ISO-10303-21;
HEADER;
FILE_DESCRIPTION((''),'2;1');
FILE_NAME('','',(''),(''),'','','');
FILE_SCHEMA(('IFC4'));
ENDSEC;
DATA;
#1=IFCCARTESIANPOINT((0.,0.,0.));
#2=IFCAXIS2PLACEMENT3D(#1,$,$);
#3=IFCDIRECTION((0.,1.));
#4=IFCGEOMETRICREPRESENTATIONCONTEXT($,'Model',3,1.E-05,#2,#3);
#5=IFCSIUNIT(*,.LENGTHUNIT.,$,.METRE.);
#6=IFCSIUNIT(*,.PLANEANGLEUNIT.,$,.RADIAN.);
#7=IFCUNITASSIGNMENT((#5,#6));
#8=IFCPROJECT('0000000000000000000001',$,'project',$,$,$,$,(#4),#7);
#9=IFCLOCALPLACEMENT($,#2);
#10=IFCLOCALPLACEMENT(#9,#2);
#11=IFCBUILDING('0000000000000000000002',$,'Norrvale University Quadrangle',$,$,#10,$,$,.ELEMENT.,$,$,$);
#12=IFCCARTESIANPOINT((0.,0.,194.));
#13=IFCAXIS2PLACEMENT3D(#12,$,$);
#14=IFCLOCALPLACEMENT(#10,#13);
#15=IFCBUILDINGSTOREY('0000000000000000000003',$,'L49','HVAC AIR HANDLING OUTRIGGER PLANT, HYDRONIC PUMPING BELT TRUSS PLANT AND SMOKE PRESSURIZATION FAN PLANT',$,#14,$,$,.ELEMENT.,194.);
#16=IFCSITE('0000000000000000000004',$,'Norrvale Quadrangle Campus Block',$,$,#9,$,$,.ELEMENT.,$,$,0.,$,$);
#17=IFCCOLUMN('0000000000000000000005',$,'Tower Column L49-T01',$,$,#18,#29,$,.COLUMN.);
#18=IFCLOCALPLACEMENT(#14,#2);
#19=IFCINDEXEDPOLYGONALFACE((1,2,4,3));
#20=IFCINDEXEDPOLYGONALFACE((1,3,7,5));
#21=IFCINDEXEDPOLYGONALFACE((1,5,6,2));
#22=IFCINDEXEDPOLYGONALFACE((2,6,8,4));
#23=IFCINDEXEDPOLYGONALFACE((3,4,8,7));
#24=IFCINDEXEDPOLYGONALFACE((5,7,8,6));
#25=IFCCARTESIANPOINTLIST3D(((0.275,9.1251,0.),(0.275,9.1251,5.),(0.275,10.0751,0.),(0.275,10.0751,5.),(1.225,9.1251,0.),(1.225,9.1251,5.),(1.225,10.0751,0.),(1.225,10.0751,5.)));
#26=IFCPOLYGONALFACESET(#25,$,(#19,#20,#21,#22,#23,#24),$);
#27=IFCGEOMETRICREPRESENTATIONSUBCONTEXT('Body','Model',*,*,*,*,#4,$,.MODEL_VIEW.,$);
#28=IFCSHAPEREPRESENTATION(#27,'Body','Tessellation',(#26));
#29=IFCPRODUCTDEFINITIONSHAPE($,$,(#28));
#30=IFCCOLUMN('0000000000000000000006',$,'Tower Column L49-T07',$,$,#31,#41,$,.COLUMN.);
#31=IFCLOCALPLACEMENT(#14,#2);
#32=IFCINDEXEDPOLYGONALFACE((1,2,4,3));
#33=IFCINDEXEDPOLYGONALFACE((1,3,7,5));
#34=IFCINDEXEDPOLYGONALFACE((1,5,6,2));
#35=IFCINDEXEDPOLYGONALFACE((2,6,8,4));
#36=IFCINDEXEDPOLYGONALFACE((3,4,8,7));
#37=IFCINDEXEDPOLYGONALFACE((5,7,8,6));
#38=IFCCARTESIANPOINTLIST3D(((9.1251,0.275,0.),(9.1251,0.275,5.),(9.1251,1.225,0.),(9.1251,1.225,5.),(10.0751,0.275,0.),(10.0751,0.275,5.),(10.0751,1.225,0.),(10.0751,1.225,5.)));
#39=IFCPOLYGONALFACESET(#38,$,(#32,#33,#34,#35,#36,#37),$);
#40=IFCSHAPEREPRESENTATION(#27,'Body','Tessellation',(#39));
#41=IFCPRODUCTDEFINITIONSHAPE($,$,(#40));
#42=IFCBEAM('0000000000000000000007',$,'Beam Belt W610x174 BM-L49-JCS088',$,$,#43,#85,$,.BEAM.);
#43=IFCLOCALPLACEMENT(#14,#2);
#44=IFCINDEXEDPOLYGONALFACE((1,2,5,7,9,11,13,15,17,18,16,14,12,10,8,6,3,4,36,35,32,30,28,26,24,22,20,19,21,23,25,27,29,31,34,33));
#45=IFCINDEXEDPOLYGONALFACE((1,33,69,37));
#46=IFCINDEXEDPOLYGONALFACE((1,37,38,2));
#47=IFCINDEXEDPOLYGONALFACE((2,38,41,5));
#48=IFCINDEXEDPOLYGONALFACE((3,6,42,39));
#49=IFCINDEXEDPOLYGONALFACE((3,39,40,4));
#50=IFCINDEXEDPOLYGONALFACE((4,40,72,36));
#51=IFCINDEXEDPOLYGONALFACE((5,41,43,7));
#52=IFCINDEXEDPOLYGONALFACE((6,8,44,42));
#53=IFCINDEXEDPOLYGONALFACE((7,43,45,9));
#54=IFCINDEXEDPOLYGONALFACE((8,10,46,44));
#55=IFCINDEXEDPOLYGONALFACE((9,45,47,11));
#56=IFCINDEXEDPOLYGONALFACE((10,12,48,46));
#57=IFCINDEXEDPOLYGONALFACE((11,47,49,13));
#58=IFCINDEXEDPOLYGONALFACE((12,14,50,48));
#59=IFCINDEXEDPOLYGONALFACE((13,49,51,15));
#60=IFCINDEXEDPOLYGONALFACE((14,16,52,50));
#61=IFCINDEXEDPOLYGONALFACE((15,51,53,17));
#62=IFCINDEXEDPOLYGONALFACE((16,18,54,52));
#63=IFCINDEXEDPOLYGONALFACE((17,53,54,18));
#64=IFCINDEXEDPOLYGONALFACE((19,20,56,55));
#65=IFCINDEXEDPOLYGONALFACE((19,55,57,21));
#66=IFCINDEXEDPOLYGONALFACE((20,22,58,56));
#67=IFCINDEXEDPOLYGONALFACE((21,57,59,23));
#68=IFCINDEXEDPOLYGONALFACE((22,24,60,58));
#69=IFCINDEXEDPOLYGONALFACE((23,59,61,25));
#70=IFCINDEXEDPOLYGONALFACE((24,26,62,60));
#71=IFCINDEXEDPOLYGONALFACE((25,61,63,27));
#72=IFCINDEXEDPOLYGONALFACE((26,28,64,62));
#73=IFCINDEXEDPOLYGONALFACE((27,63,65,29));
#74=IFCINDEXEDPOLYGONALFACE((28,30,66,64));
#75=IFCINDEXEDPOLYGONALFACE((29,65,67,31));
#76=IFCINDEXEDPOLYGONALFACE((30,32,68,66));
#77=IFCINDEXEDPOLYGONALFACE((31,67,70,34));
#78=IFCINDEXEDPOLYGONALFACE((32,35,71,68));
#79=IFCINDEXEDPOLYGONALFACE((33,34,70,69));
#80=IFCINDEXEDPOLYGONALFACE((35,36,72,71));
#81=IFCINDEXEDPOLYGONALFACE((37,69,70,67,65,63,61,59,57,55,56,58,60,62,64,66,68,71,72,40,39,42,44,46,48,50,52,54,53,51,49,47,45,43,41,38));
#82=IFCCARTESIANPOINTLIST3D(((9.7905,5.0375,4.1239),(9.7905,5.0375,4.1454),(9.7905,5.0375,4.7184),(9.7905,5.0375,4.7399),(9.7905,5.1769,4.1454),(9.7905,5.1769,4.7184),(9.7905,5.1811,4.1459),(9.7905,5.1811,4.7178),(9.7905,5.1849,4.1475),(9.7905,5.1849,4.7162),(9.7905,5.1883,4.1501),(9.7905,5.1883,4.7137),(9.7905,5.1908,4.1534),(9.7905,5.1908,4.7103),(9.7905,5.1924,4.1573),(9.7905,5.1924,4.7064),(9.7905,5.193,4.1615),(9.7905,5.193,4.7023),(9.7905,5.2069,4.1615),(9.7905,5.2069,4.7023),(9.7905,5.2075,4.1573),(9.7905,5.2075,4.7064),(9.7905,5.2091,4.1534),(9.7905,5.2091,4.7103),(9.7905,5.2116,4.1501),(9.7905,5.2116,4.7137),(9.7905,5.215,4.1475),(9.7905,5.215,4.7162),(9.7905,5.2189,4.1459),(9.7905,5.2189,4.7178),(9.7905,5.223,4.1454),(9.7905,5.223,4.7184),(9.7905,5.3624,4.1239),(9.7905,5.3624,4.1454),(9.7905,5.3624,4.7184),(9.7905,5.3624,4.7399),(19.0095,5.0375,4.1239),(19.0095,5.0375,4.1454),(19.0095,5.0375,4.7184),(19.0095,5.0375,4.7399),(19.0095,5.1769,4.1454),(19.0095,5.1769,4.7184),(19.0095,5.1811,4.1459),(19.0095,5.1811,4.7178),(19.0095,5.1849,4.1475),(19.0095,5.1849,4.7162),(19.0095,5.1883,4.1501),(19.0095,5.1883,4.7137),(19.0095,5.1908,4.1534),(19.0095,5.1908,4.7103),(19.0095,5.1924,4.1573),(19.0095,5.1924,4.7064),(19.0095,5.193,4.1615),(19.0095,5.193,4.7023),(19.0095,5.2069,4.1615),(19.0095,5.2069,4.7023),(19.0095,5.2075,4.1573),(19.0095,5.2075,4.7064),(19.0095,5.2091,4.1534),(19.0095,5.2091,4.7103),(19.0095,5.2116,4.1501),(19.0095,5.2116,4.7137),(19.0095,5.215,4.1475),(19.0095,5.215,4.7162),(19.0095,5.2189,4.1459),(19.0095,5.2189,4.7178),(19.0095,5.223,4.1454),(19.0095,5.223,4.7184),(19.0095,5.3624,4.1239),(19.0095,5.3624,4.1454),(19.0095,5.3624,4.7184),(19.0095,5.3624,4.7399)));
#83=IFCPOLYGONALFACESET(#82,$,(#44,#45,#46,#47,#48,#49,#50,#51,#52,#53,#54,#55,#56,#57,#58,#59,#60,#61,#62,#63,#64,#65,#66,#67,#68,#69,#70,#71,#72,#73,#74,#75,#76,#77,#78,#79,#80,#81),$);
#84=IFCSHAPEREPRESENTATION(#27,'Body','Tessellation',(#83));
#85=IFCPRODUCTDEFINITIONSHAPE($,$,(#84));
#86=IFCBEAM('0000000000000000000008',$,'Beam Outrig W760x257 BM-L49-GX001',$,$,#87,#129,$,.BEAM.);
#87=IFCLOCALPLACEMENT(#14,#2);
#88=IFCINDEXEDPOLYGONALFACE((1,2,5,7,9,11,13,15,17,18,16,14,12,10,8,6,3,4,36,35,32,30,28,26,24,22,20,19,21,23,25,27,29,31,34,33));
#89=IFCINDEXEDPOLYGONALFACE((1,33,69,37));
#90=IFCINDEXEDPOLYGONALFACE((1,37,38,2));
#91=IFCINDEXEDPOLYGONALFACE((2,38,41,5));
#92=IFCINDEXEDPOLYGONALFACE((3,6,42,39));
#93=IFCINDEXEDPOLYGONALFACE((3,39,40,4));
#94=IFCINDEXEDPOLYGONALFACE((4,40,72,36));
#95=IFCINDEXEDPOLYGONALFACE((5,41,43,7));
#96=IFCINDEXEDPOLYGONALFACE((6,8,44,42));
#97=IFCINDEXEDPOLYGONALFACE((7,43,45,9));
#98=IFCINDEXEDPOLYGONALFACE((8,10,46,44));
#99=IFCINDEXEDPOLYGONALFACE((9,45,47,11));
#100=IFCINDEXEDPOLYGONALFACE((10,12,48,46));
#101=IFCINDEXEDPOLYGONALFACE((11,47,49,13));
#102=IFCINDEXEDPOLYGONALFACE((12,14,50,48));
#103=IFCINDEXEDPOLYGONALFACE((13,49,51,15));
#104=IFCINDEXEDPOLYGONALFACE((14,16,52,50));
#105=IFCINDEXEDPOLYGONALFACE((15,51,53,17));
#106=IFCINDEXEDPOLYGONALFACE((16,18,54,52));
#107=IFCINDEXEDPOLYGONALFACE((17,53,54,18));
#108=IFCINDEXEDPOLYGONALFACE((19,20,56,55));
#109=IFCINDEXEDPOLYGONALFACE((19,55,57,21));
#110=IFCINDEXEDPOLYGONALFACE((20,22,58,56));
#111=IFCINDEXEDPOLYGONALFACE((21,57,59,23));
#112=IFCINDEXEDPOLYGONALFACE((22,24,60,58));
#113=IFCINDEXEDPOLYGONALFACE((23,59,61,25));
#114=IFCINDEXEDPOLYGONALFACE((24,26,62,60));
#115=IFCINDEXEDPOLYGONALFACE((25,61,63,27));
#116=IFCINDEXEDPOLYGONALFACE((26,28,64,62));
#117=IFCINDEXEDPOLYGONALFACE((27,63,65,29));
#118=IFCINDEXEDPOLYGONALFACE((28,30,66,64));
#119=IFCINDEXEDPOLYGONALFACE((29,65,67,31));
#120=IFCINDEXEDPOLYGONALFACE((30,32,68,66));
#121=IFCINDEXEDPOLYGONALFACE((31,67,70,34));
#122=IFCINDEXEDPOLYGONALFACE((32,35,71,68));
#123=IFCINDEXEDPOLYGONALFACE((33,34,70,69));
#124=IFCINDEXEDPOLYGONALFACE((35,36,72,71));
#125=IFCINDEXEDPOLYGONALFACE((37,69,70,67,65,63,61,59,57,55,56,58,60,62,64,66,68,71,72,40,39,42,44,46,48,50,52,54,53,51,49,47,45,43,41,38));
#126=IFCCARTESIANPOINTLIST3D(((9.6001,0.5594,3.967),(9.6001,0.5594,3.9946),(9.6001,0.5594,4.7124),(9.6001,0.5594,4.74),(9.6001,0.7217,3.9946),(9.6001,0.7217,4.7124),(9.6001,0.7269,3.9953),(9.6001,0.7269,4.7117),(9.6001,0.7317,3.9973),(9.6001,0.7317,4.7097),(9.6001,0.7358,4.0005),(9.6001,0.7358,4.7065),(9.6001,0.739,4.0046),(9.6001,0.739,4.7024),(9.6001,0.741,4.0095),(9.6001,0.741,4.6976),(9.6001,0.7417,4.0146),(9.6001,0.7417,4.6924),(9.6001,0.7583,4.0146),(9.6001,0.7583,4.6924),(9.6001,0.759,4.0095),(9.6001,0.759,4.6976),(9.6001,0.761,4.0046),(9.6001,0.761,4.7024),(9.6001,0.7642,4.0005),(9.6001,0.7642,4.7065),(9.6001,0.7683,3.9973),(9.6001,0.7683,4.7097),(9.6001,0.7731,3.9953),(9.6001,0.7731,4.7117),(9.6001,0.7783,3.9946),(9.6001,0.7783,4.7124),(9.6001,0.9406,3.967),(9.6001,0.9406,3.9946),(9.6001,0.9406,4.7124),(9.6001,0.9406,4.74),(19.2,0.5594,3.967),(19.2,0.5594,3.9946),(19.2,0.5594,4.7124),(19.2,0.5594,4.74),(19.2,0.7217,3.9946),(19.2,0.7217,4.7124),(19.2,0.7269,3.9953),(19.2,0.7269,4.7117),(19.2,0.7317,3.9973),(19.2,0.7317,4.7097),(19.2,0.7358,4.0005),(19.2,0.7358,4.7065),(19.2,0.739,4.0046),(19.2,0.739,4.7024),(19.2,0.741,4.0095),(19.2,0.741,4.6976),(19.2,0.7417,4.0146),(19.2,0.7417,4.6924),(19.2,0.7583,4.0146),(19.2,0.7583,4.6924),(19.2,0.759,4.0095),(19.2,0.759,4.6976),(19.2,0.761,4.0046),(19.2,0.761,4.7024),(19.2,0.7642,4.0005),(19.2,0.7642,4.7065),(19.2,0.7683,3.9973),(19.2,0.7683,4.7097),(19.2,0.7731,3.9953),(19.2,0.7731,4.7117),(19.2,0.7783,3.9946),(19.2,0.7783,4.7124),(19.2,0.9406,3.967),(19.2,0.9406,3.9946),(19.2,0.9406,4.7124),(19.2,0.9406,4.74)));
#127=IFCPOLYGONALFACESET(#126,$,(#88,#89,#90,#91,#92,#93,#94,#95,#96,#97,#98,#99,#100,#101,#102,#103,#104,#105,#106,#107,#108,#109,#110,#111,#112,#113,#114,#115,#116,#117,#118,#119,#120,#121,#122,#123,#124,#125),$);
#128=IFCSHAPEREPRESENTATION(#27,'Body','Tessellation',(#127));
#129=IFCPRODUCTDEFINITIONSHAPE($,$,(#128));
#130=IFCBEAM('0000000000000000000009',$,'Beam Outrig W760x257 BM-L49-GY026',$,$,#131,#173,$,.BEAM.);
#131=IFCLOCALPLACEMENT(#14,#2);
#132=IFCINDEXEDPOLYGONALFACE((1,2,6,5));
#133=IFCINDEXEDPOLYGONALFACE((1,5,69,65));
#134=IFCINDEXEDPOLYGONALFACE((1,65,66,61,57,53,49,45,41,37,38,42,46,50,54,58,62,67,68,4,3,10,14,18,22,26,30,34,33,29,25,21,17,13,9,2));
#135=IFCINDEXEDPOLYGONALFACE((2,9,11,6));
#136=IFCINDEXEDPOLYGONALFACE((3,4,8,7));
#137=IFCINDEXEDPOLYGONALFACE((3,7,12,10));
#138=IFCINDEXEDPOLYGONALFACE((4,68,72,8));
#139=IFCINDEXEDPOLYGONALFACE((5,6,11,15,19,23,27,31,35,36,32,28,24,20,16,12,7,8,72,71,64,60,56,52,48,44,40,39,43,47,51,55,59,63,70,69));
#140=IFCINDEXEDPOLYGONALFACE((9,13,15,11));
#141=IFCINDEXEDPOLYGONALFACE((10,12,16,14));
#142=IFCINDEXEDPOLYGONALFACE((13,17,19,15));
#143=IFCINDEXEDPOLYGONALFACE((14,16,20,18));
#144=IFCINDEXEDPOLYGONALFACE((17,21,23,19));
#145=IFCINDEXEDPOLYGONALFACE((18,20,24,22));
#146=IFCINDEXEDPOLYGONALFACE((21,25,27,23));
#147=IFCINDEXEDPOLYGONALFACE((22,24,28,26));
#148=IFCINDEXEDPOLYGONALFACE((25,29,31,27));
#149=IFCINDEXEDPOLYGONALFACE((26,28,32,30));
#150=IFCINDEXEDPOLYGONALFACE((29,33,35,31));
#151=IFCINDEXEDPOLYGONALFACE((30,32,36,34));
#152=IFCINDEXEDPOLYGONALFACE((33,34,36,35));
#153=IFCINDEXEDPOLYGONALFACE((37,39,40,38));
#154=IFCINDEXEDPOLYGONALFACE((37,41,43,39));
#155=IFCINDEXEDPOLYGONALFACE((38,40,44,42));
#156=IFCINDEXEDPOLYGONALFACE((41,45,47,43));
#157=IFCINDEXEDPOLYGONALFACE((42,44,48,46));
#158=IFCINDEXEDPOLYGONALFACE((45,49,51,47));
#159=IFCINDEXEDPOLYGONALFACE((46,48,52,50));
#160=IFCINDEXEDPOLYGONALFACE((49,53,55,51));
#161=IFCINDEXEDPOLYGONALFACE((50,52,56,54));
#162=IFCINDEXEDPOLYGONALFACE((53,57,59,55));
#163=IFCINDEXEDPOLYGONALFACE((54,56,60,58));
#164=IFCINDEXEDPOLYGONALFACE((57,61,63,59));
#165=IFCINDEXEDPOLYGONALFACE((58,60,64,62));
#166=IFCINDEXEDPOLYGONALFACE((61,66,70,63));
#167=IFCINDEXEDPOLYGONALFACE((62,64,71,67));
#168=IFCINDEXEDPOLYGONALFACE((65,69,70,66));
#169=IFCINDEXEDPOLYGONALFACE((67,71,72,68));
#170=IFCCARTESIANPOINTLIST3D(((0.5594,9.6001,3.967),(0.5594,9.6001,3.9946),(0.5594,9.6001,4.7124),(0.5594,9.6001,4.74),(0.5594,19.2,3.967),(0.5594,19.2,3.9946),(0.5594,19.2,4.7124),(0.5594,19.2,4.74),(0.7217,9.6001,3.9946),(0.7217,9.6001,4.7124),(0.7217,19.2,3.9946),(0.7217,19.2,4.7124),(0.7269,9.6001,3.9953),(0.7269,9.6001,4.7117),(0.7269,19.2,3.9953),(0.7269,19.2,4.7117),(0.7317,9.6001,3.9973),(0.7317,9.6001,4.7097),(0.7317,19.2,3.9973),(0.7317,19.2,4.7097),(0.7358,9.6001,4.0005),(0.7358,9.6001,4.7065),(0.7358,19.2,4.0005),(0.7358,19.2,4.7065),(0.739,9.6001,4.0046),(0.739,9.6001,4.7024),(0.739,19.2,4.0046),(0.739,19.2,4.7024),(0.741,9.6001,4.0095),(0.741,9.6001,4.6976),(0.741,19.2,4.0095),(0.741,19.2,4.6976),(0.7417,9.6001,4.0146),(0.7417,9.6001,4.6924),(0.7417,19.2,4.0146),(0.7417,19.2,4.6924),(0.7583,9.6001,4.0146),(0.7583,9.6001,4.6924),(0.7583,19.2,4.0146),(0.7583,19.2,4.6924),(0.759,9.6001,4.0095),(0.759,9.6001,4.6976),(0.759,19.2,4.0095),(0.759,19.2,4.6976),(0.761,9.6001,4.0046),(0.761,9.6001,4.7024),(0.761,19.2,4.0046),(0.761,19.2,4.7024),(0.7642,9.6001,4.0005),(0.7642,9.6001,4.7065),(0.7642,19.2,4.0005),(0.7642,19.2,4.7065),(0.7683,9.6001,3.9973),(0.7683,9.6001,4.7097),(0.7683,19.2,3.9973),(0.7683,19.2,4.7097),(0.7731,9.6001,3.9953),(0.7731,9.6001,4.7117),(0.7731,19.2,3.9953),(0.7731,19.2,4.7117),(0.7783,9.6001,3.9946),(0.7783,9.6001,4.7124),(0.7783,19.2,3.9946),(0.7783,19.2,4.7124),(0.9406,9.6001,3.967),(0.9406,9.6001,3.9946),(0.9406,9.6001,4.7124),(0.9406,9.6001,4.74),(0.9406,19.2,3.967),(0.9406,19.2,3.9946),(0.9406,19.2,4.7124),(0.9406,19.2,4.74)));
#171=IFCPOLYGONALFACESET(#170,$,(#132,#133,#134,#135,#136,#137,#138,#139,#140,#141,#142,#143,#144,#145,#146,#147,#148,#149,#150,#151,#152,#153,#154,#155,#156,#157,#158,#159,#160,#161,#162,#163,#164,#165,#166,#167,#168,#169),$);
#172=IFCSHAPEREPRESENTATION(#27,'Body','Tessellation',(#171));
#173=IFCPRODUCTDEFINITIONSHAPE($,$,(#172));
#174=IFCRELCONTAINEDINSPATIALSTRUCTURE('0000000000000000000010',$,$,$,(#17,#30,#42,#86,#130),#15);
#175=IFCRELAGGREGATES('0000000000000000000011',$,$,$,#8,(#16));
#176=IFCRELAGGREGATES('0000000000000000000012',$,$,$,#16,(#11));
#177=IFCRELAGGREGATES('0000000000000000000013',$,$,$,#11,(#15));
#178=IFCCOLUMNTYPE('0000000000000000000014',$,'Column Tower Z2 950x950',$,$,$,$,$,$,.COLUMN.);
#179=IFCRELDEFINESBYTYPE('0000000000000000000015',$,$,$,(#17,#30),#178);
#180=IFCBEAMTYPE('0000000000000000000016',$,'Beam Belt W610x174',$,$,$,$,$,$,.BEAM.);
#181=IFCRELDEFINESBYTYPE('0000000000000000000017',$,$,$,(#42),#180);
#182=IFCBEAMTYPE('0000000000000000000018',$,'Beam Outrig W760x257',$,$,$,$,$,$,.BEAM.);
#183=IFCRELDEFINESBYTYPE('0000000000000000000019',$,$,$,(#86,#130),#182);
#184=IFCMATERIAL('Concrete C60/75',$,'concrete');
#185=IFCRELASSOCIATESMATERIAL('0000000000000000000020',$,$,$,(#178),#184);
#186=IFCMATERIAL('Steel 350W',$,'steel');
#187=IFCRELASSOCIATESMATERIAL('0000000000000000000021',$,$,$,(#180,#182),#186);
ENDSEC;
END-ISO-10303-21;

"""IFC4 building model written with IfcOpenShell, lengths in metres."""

from ifc_helpers import new_model, si_unit, direction, frame, origin, origin_2d, place, context, subcontext, project, spatial, rectangle, i_section, extrude, material, material_profile, profile_set, type_object, element, save


model = new_model("IFC4")

# Units and contexts
model_context = context("Model", 3, precision=1e-05, world=origin(), true_north=direction((0.0, 1.0)))
body_context = subcontext(model_context, "Body", "Model", "MODEL_VIEW")
ifc_project = project(units=[si_unit("LENGTHUNIT", "METRE"), si_unit("PLANEANGLEUNIT", "RADIAN")], contexts=[model_context])

# Site, building, storey
site_placement = place(None, origin())
site = spatial("IfcSite", under=ifc_project, at=site_placement, Name="Norrvale Quadrangle Campus Block", CompositionType="ELEMENT", RefElevation=0.0)
building_placement = place(site_placement, origin())
building = spatial("IfcBuilding", under=site, at=building_placement, Name="Norrvale University Quadrangle", CompositionType="ELEMENT")
storey_placement = place(building_placement, frame((0.0, 0.0, 194.0)))
storey = spatial("IfcBuildingStorey", under=building, at=storey_placement, Name="L49", Description="HVAC AIR HANDLING OUTRIGGER PLANT, HYDRONIC PUMPING BELT TRUSS PLANT AND SMOKE PRESSURIZATION FAN PLANT", CompositionType="ELEMENT", Elevation=194.0)

# Columns
ifc_material_1 = material(Name="Concrete C60/75", Category="concrete")
ifc_material_profile_1 = material_profile(ifc_material_1, rectangle(XDim=0.95, YDim=0.95, at=origin_2d()), Name="Concrete C60/75")
ifc_profile_set_1 = profile_set([ifc_material_profile_1], Name="Concrete C60/75")
column_type = type_object("IfcColumnType", Name="Column Tower Z2 950x950", PredefinedType="COLUMN", material=ifc_profile_set_1)
for number, where, z_axis, x_axis, name in (
    (1, (0.75, 9.6001, 0.0), (0.0, 0.0, 1.0), (1.0, 0.0, 0.0), "Tower Column L49-T01"),
    (2, (9.6001, 0.75, 0.0), (0.0, 0.0, 1.0), (1.0, 0.0, 0.0), "Tower Column L49-T07"),
):
    element("IfcColumn", number, at=place(storey_placement, frame(where, z_axis=z_axis, x_axis=x_axis)), inside=storey, type_object=column_type, Name=name, PredefinedType="COLUMN", context=body_context, shape_type="SweptSolid", body=[
        extrude(rectangle(XDim=0.95, YDim=0.95, at=origin_2d()), origin(), (0.0, 0.0, 1.0), 5.0),
    ])

# Beams
ifc_material_2 = material(Name="Steel 350W", Category="steel")
ifc_material_profile_2 = material_profile(ifc_material_2, i_section(OverallWidth=0.325, OverallDepth=0.616, WebThickness=0.0139, FlangeThickness=0.0215, FilletRadius=0.0161, at=origin_2d()), Name="Steel 350W")
ifc_profile_set_2 = profile_set([ifc_material_profile_2], Name="Steel 350W")
beam_type_1 = type_object("IfcBeamType", Name="Beam Belt W610x174", PredefinedType="BEAM", material=ifc_profile_set_2)
beam_1_placement = place(storey_placement, frame((9.7905, 5.2, 4.4319), z_axis=(1.0, 0.0, 0.0), x_axis=(0.0, 1.0, 0.0)))
element("IfcBeam", 3, at=beam_1_placement, inside=storey, type_object=beam_type_1, Name="Beam Belt W610x174 BM-L49-JCS088", PredefinedType="BEAM", context=body_context, shape_type="SweptSolid", body=[
    extrude(i_section(OverallWidth=0.325, OverallDepth=0.616, WebThickness=0.0139, FlangeThickness=0.0215, FilletRadius=0.0161, at=origin_2d()), origin(), (0.0, 0.0, 1.0), 9.219),
])
ifc_material_profile_3 = material_profile(ifc_material_2, i_section(OverallWidth=0.3811, OverallDepth=0.7729, WebThickness=0.0166, FlangeThickness=0.0276, FilletRadius=0.02, at=origin_2d()), Name="Steel 350W")
ifc_profile_set_3 = profile_set([ifc_material_profile_3], Name="Steel 350W")
beam_type_2 = type_object("IfcBeamType", Name="Beam Outrig W760x257", PredefinedType="BEAM", material=ifc_profile_set_3)
for number, where, z_axis, x_axis, name in (
    (4, (9.6001, 0.75, 4.3535), (1.0, 0.0, 0.0), (0.0, 1.0, 0.0), "Beam Outrig W760x257 BM-L49-GX001"),
    (5, (0.75, 9.6001, 4.3535), (0.0, 1.0, 0.0), (-1.0, 0.0, 0.0), "Beam Outrig W760x257 BM-L49-GY026"),
):
    element("IfcBeam", number, at=place(storey_placement, frame(where, z_axis=z_axis, x_axis=x_axis)), inside=storey, type_object=beam_type_2, Name=name, PredefinedType="BEAM", context=body_context, shape_type="SweptSolid", body=[
        extrude(i_section(OverallWidth=0.3811, OverallDepth=0.7729, WebThickness=0.0166, FlangeThickness=0.0276, FilletRadius=0.02, at=origin_2d()), origin(), (0.0, 0.0, 1.0), 9.5999),
    ])

save(model, "model.ifc")
